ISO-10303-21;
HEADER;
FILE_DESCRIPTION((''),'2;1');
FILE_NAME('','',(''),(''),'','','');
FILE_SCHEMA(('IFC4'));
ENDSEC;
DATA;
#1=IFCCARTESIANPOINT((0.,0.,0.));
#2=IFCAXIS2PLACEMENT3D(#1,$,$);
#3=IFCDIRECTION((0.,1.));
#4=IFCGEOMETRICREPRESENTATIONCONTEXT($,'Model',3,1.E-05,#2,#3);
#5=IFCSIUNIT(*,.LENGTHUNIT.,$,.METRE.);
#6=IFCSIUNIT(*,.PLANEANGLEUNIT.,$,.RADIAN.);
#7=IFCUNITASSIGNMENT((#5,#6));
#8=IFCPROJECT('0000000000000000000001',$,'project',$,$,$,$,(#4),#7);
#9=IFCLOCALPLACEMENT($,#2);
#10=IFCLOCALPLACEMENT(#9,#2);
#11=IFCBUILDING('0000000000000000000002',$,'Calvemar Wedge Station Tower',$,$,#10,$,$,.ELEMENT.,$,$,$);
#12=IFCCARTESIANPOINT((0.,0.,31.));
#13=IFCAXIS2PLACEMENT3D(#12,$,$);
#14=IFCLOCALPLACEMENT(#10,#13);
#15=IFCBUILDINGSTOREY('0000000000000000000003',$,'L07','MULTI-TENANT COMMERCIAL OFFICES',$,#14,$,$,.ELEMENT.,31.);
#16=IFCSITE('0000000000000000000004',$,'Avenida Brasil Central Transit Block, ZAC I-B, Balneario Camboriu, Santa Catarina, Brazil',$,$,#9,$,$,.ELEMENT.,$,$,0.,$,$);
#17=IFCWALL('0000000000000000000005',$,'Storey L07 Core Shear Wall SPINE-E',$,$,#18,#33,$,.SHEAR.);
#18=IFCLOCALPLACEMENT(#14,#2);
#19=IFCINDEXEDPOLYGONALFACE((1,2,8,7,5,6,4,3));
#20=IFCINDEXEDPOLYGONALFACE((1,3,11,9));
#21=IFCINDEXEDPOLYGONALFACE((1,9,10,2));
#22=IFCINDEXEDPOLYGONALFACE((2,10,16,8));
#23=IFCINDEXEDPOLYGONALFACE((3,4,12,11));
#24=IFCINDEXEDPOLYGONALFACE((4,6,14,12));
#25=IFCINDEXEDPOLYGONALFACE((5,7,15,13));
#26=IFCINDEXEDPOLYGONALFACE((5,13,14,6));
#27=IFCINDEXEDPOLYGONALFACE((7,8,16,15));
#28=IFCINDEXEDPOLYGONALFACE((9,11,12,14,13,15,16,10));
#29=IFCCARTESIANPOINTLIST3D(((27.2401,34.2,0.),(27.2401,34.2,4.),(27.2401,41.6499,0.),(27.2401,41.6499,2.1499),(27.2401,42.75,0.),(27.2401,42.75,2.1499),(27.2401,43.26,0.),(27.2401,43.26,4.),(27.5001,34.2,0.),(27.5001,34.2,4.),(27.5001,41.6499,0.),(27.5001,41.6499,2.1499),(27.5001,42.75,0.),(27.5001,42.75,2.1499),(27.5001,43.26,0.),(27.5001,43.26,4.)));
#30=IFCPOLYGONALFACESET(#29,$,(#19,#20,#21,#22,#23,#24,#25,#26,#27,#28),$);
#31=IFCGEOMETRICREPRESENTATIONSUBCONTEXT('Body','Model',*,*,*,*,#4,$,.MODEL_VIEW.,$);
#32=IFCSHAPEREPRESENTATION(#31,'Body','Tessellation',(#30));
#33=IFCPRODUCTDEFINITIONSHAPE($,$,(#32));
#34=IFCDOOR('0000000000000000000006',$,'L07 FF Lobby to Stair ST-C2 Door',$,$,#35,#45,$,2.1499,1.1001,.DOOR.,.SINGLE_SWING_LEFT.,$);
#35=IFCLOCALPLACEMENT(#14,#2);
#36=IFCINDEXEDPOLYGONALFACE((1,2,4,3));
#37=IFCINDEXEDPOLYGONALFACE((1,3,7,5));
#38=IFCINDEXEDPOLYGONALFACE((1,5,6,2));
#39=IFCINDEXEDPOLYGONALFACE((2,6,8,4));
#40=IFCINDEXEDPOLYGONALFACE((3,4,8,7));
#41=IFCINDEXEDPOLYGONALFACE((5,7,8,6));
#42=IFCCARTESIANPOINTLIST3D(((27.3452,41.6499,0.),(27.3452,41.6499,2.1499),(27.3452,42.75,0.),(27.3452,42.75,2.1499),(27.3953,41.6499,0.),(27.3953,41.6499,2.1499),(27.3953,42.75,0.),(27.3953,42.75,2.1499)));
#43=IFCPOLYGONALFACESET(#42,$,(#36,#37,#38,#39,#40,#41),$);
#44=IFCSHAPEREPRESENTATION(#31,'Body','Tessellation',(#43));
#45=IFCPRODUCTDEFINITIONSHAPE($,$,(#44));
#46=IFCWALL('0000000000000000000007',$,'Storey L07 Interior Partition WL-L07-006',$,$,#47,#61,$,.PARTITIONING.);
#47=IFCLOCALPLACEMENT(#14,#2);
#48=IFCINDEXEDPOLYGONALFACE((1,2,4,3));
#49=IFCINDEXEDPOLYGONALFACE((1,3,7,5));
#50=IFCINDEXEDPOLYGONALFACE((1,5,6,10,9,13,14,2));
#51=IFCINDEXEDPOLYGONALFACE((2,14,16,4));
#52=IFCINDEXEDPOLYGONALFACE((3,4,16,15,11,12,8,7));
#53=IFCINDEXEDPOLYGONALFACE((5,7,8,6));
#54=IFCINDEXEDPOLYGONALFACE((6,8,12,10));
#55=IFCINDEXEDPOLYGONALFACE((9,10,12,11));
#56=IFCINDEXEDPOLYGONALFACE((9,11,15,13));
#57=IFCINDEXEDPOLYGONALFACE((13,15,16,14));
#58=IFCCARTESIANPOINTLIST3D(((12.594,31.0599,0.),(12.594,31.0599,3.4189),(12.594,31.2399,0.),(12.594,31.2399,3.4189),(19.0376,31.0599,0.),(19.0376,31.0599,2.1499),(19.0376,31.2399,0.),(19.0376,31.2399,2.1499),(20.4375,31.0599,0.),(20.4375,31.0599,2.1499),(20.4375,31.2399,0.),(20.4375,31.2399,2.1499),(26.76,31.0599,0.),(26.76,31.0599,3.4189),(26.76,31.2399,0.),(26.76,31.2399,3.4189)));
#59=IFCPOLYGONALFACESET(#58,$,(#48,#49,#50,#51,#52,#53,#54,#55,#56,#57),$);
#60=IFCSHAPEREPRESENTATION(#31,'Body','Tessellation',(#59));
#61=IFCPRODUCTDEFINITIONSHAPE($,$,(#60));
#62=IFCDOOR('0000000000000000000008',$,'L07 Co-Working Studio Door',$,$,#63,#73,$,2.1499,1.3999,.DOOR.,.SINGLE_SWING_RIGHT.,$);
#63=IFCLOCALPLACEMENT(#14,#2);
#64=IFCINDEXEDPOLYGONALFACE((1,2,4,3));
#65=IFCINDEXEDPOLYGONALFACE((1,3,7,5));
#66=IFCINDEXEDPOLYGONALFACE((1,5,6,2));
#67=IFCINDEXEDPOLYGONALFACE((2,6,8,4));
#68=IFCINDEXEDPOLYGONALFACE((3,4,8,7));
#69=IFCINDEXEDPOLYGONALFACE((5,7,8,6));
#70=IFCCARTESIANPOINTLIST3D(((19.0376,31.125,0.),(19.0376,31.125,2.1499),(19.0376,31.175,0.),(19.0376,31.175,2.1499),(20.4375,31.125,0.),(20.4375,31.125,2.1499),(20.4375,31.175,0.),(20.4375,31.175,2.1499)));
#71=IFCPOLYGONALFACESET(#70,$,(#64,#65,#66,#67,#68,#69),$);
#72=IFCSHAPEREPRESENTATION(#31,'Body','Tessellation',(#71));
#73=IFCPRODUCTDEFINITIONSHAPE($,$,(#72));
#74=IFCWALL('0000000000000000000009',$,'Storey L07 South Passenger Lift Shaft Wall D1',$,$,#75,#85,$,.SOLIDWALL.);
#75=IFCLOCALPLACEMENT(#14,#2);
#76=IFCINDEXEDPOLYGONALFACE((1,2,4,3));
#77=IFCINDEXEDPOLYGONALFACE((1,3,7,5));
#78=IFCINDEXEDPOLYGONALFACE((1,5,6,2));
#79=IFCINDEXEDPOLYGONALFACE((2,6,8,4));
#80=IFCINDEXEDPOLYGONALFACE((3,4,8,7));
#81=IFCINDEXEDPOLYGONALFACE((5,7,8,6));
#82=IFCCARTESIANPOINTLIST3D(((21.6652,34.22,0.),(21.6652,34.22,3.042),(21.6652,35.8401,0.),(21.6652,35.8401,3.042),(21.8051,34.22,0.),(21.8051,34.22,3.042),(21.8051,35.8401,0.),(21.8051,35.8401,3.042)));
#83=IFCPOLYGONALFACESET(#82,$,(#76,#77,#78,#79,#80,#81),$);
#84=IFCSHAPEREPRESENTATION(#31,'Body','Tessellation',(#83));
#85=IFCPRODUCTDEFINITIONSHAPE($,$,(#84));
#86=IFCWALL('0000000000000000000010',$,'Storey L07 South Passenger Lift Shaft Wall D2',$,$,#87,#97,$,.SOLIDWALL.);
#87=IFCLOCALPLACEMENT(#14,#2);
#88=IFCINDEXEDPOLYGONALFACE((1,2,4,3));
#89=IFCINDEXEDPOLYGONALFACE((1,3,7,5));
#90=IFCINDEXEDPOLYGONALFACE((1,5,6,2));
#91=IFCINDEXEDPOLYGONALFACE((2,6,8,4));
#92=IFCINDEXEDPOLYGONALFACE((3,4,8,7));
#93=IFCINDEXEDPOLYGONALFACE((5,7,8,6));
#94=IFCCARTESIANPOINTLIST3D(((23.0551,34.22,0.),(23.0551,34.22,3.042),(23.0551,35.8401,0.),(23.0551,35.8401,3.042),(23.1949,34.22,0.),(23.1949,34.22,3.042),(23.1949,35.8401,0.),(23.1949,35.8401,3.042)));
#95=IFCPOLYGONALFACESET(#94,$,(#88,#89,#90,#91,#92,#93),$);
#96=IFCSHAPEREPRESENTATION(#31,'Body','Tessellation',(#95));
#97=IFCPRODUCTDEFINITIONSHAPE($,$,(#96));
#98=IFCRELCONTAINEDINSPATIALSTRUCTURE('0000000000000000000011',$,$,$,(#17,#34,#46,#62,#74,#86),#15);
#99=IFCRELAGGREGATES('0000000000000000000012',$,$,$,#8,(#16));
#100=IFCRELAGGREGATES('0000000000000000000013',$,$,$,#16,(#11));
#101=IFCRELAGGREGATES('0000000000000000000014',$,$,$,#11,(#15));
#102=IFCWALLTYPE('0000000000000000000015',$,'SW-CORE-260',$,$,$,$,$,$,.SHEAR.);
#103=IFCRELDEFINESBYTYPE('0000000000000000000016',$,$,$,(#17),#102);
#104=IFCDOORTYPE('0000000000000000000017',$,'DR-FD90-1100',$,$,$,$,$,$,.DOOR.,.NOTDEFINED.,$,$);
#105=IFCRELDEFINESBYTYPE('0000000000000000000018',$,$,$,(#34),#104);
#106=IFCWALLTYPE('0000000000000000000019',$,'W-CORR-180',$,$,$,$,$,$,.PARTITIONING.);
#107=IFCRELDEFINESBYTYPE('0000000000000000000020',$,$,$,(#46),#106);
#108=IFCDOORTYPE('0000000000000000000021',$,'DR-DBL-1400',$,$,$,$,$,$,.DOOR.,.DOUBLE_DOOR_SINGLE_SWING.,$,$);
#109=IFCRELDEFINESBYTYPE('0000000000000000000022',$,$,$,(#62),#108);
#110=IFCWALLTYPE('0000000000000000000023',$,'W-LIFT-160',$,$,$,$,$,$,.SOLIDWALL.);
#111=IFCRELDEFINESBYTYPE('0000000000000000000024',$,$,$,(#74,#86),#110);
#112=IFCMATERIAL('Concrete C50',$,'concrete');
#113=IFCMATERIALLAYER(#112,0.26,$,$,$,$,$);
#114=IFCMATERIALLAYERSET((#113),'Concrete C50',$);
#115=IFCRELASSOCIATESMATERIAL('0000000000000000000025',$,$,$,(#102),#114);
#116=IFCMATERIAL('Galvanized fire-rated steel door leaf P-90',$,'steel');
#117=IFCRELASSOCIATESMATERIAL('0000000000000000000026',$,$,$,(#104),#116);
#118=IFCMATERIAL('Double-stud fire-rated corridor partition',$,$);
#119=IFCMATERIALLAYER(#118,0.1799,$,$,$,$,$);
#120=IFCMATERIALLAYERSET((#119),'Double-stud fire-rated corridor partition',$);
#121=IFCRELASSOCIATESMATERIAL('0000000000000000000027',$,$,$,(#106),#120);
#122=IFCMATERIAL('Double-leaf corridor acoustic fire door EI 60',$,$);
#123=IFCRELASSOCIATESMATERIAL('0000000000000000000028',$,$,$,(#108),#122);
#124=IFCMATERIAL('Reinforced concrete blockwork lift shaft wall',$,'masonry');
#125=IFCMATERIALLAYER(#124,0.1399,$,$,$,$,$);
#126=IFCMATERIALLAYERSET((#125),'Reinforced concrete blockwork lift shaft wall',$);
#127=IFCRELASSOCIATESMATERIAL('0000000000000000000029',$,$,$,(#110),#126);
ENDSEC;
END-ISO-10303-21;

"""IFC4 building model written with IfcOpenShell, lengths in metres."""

from ifc_helpers import new_model, si_unit, direction, frame, frame_2d, origin, place, context, subcontext, project, spatial, rectangle, extrude, source, transform, mapped, material, layer, layer_set, type_object, element, fill, save


model = new_model("IFC4")

# Units and contexts
model_context = context("Model", 3, precision=1e-05, world=origin(), true_north=direction((0.0, 1.0)))
body_context = subcontext(model_context, "Body", "Model", "MODEL_VIEW")
ifc_project = project(units=[si_unit("LENGTHUNIT", "METRE"), si_unit("PLANEANGLEUNIT", "RADIAN")], contexts=[model_context])

# Site, building, storey
site_placement = place(None, origin())
site = spatial("IfcSite", under=ifc_project, at=site_placement, Name="Avenida Brasil Central Transit Block, ZAC I-B, Balneario Camboriu, Santa Catarina, Brazil", CompositionType="ELEMENT", RefElevation=0.0)
building_placement = place(site_placement, origin())
building = spatial("IfcBuilding", under=site, at=building_placement, Name="Calvemar Wedge Station Tower", CompositionType="ELEMENT")
storey_placement = place(building_placement, frame((0.0, 0.0, 31.0)))
storey = spatial("IfcBuildingStorey", under=building, at=storey_placement, Name="L07", Description="MULTI-TENANT COMMERCIAL OFFICES", CompositionType="ELEMENT", Elevation=31.0)

# Walls, openings, doors
ifc_material_1 = material(Name="Concrete C50", Category="concrete")
ifc_layer_1 = layer(ifc_material_1, 0.26)
ifc_layer_set_1 = layer_set([ifc_layer_1], Name="Concrete C50")
wall_type_1 = type_object("IfcWallType", Name="SW-CORE-260", PredefinedType="SHEAR", material=ifc_layer_set_1)
shared_shape_1 = source(origin(), body_context, "Body", "SweptSolid", [
    extrude(rectangle(XDim=1.1001, YDim=2.1499, at=frame_2d((0.55, 1.075))), frame((0.0, 0.1401, 0.0), z_axis=(0.0, -1.0, 0.0), x_axis=(1.0, 0.0, 0.0)), (0.0, 0.0, 1.0), 0.28),
])
ifc_material_2 = material(Name="Galvanized fire-rated steel door leaf P-90", Category="steel")
door_type_1 = type_object("IfcDoorType", Name="DR-FD90-1100", OperationType="NOTDEFINED", PredefinedType="DOOR", material=ifc_material_2)
shared_shape_2 = source(origin(), body_context, "Body", "SweptSolid", [
    extrude(rectangle(XDim=1.1001, YDim=2.1499, at=frame_2d((0.55, 1.075))), frame((0.0, 0.0249, 0.0), z_axis=(0.0, -1.0, 0.0), x_axis=(1.0, 0.0, 0.0)), (0.0, 0.0, 1.0), 0.05),
])
wall_1_placement = place(storey_placement, frame((27.3701, 34.2, 0.0), z_axis=(0.0, 0.0, 1.0), x_axis=(0.0, 1.0, 0.0)))
wall_1 = element("IfcWall", 1, at=wall_1_placement, inside=storey, type_object=wall_type_1, Name="Storey L07 Core Shear Wall SPINE-E", PredefinedType="SHEAR", context=body_context, shape_type="SweptSolid", body=[
    extrude(rectangle(XDim=9.0601, YDim=0.26, at=frame_2d((4.53, 0.0))), origin(), (0.0, 0.0, 1.0), 4.0),
])
opening_1_placement = place(wall_1_placement, frame((7.45, 0.0, 0.0)))
opening_1 = element("IfcOpeningElement", 2, at=opening_1_placement, cuts=wall_1, PredefinedType="OPENING", context=body_context, shape_type="MappedRepresentation", body=[
    mapped(shared_shape_1, transform((0.0, 0.0, 0.0), scale=1.0)),
])
door_1_placement = place(opening_1_placement, origin())
door_1 = element("IfcDoor", 3, at=door_1_placement, inside=storey, type_object=door_type_1, Name="L07 FF Lobby to Stair ST-C2 Door", OperationType="SINGLE_SWING_LEFT", OverallHeight=2.1499, OverallWidth=1.1001, PredefinedType="DOOR", context=body_context, shape_type="MappedRepresentation", body=[
    mapped(shared_shape_2, transform((0.0, 0.0, 0.0), scale=1.0)),
])
fill(opening_1, door_1)
ifc_material_3 = material(Name="Double-stud fire-rated corridor partition")
ifc_layer_2 = layer(ifc_material_3, 0.1799)
ifc_layer_set_2 = layer_set([ifc_layer_2], Name="Double-stud fire-rated corridor partition")
wall_type_2 = type_object("IfcWallType", Name="W-CORR-180", PredefinedType="PARTITIONING", material=ifc_layer_set_2)
wall_2_placement = place(storey_placement, frame((26.76, 31.1499, 0.0), z_axis=(0.0, 0.0, 1.0), x_axis=(-1.0, 0.0, 0.0)))
wall_2 = element("IfcWall", 4, at=wall_2_placement, inside=storey, type_object=wall_type_2, Name="Storey L07 Interior Partition WL-L07-006", PredefinedType="PARTITIONING", context=body_context, shape_type="SweptSolid", body=[
    extrude(rectangle(XDim=14.166, YDim=0.1799, at=frame_2d((7.083, 0.0))), origin(), (0.0, 0.0, 1.0), 3.4189),
])
shared_shape_3 = source(origin(), body_context, "Body", "SweptSolid", [
    extrude(rectangle(XDim=1.3999, YDim=2.1499, at=frame_2d((0.7, 1.075))), frame((0.0, 0.1001, 0.0), z_axis=(0.0, -1.0, 0.0), x_axis=(1.0, 0.0, 0.0)), (0.0, 0.0, 1.0), 0.2),
])
opening_2_placement = place(wall_2_placement, frame((6.3225, 0.0, 0.0)))
opening_2 = element("IfcOpeningElement", 5, at=opening_2_placement, cuts=wall_2, PredefinedType="OPENING", context=body_context, shape_type="MappedRepresentation", body=[
    mapped(shared_shape_3, transform((0.0, 0.0, 0.0), scale=1.0)),
])
ifc_material_4 = material(Name="Double-leaf corridor acoustic fire door EI 60")
door_type_2 = type_object("IfcDoorType", Name="DR-DBL-1400", OperationType="DOUBLE_DOOR_SINGLE_SWING", PredefinedType="DOOR", material=ifc_material_4)
shared_shape_4 = source(origin(), body_context, "Body", "SweptSolid", [
    extrude(rectangle(XDim=1.3999, YDim=2.1499, at=frame_2d((0.7, 1.075))), frame((0.0, 0.0249, 0.0), z_axis=(0.0, -1.0, 0.0), x_axis=(1.0, 0.0, 0.0)), (0.0, 0.0, 1.0), 0.05),
])
door_2_placement = place(opening_2_placement, origin())
door_2 = element("IfcDoor", 6, at=door_2_placement, inside=storey, type_object=door_type_2, Name="L07 Co-Working Studio Door", OperationType="SINGLE_SWING_RIGHT", OverallHeight=2.1499, OverallWidth=1.3999, PredefinedType="DOOR", context=body_context, shape_type="MappedRepresentation", body=[
    mapped(shared_shape_4, transform((0.0, 0.0, 0.0), scale=1.0)),
])
fill(opening_2, door_2)

# Walls
ifc_material_5 = material(Name="Reinforced concrete blockwork lift shaft wall", Category="masonry")
ifc_layer_3 = layer(ifc_material_5, 0.1399)
ifc_layer_set_3 = layer_set([ifc_layer_3], Name="Reinforced concrete blockwork lift shaft wall")
wall_type_3 = type_object("IfcWallType", Name="W-LIFT-160", PredefinedType="SOLIDWALL", material=ifc_layer_set_3)
for number, where, z_axis, x_axis, name in (
    (7, (21.7351, 34.22, 0.0), (0.0, 0.0, 1.0), (0.0, 1.0, 0.0), "Storey L07 South Passenger Lift Shaft Wall D1"),
    (8, (23.125, 34.22, 0.0), (0.0, 0.0, 1.0), (0.0, 1.0, 0.0), "Storey L07 South Passenger Lift Shaft Wall D2"),
):
    element("IfcWall", number, at=place(storey_placement, frame(where, z_axis=z_axis, x_axis=x_axis)), inside=storey, type_object=wall_type_3, Name=name, PredefinedType="SOLIDWALL", context=body_context, shape_type="SweptSolid", body=[
        extrude(rectangle(XDim=1.6201, YDim=0.1399, at=frame_2d((0.8101, 0.0))), origin(), (0.0, 0.0, 1.0), 3.042),
    ])

save(model, "model.ifc")
